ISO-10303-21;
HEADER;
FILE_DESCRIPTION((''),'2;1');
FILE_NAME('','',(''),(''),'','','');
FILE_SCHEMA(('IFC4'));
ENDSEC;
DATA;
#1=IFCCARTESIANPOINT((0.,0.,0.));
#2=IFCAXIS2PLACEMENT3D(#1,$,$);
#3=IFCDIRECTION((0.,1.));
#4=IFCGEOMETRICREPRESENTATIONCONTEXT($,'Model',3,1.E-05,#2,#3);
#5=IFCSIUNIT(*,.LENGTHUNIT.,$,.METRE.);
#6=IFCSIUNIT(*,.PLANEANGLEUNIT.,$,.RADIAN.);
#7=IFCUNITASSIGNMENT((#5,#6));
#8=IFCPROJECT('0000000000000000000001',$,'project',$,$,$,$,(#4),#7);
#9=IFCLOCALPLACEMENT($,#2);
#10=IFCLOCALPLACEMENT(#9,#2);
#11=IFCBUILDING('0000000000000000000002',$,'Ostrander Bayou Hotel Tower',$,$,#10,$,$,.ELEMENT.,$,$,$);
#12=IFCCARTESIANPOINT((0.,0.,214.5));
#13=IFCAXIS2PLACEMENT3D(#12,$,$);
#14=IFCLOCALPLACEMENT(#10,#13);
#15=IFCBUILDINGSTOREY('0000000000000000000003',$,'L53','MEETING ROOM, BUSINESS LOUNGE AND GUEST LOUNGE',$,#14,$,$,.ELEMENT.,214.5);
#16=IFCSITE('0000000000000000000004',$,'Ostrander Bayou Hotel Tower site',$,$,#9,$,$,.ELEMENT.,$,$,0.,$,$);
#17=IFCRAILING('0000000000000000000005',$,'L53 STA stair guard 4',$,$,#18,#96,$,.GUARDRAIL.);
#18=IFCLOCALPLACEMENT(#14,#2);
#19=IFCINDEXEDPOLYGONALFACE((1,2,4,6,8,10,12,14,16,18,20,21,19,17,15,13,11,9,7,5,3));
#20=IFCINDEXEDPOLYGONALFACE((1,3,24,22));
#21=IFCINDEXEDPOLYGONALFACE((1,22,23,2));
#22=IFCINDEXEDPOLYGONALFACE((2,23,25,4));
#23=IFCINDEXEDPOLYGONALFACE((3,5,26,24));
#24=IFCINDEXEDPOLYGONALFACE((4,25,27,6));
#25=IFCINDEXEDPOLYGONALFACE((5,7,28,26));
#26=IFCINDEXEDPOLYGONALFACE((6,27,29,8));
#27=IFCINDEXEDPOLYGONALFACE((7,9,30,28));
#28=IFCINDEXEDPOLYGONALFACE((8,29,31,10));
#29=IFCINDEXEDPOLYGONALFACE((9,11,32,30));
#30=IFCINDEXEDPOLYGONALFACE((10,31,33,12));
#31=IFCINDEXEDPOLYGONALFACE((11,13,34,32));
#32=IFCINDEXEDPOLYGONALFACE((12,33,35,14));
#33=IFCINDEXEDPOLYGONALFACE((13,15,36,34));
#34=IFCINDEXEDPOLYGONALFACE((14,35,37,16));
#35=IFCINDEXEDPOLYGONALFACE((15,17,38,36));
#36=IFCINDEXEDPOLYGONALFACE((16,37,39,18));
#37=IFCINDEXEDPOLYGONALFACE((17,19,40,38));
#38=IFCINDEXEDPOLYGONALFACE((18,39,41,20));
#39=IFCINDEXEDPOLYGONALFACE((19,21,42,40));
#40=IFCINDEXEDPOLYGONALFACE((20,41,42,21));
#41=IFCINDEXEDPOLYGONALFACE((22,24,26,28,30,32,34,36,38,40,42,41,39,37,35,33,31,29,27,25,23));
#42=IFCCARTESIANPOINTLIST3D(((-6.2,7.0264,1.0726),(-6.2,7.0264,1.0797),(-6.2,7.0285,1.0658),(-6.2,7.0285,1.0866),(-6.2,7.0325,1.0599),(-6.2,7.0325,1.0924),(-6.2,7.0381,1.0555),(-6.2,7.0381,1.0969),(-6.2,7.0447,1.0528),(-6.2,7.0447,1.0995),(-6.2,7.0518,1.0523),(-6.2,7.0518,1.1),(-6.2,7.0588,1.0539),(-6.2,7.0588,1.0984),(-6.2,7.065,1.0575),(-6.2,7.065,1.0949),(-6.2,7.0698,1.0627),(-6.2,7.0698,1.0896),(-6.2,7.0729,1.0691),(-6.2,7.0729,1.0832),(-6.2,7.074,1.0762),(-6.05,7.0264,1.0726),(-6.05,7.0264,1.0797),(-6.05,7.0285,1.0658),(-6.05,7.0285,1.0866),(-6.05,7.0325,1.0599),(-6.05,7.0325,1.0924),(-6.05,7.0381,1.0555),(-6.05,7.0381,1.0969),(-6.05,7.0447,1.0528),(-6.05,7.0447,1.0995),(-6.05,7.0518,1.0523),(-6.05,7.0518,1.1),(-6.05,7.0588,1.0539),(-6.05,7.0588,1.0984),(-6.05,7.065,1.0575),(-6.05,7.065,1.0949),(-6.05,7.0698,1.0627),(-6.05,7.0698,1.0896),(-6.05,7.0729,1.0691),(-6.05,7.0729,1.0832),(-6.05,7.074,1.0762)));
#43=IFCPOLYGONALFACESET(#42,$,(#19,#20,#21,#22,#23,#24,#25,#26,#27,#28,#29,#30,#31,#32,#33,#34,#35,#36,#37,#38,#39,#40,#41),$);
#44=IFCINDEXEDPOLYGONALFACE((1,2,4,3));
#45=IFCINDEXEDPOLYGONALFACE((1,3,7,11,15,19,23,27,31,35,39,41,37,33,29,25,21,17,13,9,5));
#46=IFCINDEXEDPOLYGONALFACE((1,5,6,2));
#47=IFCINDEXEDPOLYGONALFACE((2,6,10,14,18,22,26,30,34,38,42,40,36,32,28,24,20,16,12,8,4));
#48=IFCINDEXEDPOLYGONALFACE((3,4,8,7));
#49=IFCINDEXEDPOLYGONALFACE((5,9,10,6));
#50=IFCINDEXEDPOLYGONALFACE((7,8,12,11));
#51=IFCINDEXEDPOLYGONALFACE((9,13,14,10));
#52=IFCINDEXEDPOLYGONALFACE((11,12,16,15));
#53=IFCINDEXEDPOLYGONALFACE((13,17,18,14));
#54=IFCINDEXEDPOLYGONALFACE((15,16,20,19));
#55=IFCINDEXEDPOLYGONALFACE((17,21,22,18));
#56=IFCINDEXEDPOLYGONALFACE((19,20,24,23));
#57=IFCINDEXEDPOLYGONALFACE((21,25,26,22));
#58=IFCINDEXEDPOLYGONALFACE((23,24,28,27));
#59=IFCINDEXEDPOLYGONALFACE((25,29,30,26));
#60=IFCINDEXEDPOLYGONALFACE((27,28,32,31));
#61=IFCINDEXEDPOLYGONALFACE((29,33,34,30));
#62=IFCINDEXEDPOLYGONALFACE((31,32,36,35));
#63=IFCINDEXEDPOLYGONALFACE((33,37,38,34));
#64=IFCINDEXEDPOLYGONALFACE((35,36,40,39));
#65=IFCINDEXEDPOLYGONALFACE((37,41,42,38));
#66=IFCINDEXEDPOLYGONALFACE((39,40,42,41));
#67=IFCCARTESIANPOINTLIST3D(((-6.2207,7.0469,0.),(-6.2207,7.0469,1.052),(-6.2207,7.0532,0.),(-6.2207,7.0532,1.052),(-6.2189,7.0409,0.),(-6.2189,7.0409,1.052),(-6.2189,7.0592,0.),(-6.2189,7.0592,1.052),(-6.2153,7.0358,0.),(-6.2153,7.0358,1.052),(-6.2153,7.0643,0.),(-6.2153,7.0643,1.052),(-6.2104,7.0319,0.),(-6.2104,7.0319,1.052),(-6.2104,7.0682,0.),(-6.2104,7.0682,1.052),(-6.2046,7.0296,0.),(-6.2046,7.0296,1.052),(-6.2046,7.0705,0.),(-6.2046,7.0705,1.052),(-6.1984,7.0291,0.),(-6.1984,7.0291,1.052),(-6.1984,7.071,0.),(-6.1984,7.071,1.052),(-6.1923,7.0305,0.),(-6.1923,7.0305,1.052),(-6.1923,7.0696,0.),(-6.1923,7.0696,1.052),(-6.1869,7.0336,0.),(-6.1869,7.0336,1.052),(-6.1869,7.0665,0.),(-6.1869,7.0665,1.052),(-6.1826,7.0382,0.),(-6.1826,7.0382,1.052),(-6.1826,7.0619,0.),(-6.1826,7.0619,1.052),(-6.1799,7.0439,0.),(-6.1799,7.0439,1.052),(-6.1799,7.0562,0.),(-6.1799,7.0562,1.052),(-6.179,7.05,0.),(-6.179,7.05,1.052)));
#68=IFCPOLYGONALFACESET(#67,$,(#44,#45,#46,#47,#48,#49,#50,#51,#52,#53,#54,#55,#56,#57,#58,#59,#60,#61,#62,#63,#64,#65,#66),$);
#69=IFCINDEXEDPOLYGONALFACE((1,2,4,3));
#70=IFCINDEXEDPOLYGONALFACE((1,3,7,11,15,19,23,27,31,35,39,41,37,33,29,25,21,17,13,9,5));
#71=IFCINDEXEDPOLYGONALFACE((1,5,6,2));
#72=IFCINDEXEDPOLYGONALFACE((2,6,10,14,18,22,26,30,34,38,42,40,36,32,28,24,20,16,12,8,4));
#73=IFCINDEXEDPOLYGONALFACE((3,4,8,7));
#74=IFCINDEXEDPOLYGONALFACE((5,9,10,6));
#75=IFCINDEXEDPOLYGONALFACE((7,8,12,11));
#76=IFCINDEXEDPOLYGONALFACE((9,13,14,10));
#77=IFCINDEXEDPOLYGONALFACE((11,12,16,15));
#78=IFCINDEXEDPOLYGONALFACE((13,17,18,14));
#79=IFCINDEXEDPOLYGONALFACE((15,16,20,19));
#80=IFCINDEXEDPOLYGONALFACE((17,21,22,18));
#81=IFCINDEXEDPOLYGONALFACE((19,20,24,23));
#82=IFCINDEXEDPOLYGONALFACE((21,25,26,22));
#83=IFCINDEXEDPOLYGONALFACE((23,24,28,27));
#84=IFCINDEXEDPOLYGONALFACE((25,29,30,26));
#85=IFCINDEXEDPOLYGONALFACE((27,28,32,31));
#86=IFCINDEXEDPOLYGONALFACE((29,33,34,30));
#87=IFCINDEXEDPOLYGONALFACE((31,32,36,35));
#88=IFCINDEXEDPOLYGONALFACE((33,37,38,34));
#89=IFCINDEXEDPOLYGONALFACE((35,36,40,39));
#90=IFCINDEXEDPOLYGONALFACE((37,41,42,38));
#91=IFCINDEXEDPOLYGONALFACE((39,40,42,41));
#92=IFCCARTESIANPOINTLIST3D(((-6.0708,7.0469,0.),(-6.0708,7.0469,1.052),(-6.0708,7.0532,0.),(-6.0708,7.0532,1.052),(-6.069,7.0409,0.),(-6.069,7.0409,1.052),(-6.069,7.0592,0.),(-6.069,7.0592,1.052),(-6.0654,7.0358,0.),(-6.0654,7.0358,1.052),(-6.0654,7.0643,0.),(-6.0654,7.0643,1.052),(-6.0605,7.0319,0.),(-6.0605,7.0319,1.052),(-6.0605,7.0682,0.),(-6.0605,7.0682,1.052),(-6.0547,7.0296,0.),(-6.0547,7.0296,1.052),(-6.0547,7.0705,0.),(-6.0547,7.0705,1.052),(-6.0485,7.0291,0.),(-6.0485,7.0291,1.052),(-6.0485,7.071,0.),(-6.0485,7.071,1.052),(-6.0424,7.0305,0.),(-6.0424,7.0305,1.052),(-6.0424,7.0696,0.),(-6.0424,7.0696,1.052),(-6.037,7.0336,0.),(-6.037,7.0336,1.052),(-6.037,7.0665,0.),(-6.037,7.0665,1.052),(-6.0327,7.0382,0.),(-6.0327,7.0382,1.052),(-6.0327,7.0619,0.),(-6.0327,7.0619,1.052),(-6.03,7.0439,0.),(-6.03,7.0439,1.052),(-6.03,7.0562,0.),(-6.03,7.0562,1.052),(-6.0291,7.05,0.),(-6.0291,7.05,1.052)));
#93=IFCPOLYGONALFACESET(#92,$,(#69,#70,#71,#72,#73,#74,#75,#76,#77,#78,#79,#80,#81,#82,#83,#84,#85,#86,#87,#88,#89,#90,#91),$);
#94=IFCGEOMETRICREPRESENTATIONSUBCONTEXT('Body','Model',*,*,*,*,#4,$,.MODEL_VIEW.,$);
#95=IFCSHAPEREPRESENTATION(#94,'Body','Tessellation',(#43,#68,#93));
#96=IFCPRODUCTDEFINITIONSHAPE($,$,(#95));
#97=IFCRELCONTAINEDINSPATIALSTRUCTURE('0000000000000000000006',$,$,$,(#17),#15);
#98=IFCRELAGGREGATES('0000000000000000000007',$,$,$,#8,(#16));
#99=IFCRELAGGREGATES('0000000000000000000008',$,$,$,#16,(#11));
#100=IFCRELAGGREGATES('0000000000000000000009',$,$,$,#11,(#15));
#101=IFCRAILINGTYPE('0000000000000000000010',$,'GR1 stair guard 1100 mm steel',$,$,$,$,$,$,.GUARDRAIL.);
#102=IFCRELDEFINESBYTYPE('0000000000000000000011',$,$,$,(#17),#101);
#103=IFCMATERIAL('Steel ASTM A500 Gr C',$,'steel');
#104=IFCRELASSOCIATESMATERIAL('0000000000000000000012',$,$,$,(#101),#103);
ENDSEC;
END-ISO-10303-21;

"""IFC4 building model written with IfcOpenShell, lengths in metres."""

from ifc_helpers import new_model, si_unit, direction, frame, origin, origin_2d, place, context, subcontext, project, spatial, circle, extrude, material, type_object, element, save


model = new_model("IFC4")

# Units and contexts
model_context = context("Model", 3, precision=1e-05, world=origin(), true_north=direction((0.0, 1.0)))
body_context = subcontext(model_context, "Body", "Model", "MODEL_VIEW")
ifc_project = project(units=[si_unit("LENGTHUNIT", "METRE"), si_unit("PLANEANGLEUNIT", "RADIAN")], contexts=[model_context])

# Site, building, storey
site_placement = place(None, origin())
site = spatial("IfcSite", under=ifc_project, at=site_placement, Name="Ostrander Bayou Hotel Tower site", CompositionType="ELEMENT", RefElevation=0.0)
building_placement = place(site_placement, origin())
building = spatial("IfcBuilding", under=site, at=building_placement, Name="Ostrander Bayou Hotel Tower", CompositionType="ELEMENT")
storey_placement = place(building_placement, frame((0.0, 0.0, 214.5)))
storey = spatial("IfcBuildingStorey", under=building, at=storey_placement, Name="L53", Description="MEETING ROOM, BUSINESS LOUNGE AND GUEST LOUNGE", CompositionType="ELEMENT", Elevation=214.5)

# Railing
ifc_material_1 = material(Name="Steel ASTM A500 Gr C", Category="steel")
railing_type_1 = type_object("IfcRailingType", Name="GR1 stair guard 1100 mm steel", PredefinedType="GUARDRAIL", material=ifc_material_1)
railing_1_placement = place(storey_placement, frame((-6.2, 7.05, 0.0)))
element("IfcRailing", 1, at=railing_1_placement, inside=storey, type_object=railing_type_1, Name="L53 STA stair guard 4", PredefinedType="GUARDRAIL", context=body_context, shape_type="SweptSolid", body=[
    extrude(circle(Radius=0.0239, at=origin_2d()), frame((0.0, 0.0, 1.0762), z_axis=(1.0, 0.0, 0.0), x_axis=(0.0, 1.0, 0.0)), (0.0, 0.0, 1.0), 0.1499),
    extrude(circle(Radius=0.021, at=origin_2d()), origin(), (0.0, 0.0, 1.0), 1.052),
    extrude(circle(Radius=0.021, at=origin_2d()), frame((0.1499, 0.0, 0.0)), (0.0, 0.0, 1.0), 1.052),
])

save(model, "model.ifc")
